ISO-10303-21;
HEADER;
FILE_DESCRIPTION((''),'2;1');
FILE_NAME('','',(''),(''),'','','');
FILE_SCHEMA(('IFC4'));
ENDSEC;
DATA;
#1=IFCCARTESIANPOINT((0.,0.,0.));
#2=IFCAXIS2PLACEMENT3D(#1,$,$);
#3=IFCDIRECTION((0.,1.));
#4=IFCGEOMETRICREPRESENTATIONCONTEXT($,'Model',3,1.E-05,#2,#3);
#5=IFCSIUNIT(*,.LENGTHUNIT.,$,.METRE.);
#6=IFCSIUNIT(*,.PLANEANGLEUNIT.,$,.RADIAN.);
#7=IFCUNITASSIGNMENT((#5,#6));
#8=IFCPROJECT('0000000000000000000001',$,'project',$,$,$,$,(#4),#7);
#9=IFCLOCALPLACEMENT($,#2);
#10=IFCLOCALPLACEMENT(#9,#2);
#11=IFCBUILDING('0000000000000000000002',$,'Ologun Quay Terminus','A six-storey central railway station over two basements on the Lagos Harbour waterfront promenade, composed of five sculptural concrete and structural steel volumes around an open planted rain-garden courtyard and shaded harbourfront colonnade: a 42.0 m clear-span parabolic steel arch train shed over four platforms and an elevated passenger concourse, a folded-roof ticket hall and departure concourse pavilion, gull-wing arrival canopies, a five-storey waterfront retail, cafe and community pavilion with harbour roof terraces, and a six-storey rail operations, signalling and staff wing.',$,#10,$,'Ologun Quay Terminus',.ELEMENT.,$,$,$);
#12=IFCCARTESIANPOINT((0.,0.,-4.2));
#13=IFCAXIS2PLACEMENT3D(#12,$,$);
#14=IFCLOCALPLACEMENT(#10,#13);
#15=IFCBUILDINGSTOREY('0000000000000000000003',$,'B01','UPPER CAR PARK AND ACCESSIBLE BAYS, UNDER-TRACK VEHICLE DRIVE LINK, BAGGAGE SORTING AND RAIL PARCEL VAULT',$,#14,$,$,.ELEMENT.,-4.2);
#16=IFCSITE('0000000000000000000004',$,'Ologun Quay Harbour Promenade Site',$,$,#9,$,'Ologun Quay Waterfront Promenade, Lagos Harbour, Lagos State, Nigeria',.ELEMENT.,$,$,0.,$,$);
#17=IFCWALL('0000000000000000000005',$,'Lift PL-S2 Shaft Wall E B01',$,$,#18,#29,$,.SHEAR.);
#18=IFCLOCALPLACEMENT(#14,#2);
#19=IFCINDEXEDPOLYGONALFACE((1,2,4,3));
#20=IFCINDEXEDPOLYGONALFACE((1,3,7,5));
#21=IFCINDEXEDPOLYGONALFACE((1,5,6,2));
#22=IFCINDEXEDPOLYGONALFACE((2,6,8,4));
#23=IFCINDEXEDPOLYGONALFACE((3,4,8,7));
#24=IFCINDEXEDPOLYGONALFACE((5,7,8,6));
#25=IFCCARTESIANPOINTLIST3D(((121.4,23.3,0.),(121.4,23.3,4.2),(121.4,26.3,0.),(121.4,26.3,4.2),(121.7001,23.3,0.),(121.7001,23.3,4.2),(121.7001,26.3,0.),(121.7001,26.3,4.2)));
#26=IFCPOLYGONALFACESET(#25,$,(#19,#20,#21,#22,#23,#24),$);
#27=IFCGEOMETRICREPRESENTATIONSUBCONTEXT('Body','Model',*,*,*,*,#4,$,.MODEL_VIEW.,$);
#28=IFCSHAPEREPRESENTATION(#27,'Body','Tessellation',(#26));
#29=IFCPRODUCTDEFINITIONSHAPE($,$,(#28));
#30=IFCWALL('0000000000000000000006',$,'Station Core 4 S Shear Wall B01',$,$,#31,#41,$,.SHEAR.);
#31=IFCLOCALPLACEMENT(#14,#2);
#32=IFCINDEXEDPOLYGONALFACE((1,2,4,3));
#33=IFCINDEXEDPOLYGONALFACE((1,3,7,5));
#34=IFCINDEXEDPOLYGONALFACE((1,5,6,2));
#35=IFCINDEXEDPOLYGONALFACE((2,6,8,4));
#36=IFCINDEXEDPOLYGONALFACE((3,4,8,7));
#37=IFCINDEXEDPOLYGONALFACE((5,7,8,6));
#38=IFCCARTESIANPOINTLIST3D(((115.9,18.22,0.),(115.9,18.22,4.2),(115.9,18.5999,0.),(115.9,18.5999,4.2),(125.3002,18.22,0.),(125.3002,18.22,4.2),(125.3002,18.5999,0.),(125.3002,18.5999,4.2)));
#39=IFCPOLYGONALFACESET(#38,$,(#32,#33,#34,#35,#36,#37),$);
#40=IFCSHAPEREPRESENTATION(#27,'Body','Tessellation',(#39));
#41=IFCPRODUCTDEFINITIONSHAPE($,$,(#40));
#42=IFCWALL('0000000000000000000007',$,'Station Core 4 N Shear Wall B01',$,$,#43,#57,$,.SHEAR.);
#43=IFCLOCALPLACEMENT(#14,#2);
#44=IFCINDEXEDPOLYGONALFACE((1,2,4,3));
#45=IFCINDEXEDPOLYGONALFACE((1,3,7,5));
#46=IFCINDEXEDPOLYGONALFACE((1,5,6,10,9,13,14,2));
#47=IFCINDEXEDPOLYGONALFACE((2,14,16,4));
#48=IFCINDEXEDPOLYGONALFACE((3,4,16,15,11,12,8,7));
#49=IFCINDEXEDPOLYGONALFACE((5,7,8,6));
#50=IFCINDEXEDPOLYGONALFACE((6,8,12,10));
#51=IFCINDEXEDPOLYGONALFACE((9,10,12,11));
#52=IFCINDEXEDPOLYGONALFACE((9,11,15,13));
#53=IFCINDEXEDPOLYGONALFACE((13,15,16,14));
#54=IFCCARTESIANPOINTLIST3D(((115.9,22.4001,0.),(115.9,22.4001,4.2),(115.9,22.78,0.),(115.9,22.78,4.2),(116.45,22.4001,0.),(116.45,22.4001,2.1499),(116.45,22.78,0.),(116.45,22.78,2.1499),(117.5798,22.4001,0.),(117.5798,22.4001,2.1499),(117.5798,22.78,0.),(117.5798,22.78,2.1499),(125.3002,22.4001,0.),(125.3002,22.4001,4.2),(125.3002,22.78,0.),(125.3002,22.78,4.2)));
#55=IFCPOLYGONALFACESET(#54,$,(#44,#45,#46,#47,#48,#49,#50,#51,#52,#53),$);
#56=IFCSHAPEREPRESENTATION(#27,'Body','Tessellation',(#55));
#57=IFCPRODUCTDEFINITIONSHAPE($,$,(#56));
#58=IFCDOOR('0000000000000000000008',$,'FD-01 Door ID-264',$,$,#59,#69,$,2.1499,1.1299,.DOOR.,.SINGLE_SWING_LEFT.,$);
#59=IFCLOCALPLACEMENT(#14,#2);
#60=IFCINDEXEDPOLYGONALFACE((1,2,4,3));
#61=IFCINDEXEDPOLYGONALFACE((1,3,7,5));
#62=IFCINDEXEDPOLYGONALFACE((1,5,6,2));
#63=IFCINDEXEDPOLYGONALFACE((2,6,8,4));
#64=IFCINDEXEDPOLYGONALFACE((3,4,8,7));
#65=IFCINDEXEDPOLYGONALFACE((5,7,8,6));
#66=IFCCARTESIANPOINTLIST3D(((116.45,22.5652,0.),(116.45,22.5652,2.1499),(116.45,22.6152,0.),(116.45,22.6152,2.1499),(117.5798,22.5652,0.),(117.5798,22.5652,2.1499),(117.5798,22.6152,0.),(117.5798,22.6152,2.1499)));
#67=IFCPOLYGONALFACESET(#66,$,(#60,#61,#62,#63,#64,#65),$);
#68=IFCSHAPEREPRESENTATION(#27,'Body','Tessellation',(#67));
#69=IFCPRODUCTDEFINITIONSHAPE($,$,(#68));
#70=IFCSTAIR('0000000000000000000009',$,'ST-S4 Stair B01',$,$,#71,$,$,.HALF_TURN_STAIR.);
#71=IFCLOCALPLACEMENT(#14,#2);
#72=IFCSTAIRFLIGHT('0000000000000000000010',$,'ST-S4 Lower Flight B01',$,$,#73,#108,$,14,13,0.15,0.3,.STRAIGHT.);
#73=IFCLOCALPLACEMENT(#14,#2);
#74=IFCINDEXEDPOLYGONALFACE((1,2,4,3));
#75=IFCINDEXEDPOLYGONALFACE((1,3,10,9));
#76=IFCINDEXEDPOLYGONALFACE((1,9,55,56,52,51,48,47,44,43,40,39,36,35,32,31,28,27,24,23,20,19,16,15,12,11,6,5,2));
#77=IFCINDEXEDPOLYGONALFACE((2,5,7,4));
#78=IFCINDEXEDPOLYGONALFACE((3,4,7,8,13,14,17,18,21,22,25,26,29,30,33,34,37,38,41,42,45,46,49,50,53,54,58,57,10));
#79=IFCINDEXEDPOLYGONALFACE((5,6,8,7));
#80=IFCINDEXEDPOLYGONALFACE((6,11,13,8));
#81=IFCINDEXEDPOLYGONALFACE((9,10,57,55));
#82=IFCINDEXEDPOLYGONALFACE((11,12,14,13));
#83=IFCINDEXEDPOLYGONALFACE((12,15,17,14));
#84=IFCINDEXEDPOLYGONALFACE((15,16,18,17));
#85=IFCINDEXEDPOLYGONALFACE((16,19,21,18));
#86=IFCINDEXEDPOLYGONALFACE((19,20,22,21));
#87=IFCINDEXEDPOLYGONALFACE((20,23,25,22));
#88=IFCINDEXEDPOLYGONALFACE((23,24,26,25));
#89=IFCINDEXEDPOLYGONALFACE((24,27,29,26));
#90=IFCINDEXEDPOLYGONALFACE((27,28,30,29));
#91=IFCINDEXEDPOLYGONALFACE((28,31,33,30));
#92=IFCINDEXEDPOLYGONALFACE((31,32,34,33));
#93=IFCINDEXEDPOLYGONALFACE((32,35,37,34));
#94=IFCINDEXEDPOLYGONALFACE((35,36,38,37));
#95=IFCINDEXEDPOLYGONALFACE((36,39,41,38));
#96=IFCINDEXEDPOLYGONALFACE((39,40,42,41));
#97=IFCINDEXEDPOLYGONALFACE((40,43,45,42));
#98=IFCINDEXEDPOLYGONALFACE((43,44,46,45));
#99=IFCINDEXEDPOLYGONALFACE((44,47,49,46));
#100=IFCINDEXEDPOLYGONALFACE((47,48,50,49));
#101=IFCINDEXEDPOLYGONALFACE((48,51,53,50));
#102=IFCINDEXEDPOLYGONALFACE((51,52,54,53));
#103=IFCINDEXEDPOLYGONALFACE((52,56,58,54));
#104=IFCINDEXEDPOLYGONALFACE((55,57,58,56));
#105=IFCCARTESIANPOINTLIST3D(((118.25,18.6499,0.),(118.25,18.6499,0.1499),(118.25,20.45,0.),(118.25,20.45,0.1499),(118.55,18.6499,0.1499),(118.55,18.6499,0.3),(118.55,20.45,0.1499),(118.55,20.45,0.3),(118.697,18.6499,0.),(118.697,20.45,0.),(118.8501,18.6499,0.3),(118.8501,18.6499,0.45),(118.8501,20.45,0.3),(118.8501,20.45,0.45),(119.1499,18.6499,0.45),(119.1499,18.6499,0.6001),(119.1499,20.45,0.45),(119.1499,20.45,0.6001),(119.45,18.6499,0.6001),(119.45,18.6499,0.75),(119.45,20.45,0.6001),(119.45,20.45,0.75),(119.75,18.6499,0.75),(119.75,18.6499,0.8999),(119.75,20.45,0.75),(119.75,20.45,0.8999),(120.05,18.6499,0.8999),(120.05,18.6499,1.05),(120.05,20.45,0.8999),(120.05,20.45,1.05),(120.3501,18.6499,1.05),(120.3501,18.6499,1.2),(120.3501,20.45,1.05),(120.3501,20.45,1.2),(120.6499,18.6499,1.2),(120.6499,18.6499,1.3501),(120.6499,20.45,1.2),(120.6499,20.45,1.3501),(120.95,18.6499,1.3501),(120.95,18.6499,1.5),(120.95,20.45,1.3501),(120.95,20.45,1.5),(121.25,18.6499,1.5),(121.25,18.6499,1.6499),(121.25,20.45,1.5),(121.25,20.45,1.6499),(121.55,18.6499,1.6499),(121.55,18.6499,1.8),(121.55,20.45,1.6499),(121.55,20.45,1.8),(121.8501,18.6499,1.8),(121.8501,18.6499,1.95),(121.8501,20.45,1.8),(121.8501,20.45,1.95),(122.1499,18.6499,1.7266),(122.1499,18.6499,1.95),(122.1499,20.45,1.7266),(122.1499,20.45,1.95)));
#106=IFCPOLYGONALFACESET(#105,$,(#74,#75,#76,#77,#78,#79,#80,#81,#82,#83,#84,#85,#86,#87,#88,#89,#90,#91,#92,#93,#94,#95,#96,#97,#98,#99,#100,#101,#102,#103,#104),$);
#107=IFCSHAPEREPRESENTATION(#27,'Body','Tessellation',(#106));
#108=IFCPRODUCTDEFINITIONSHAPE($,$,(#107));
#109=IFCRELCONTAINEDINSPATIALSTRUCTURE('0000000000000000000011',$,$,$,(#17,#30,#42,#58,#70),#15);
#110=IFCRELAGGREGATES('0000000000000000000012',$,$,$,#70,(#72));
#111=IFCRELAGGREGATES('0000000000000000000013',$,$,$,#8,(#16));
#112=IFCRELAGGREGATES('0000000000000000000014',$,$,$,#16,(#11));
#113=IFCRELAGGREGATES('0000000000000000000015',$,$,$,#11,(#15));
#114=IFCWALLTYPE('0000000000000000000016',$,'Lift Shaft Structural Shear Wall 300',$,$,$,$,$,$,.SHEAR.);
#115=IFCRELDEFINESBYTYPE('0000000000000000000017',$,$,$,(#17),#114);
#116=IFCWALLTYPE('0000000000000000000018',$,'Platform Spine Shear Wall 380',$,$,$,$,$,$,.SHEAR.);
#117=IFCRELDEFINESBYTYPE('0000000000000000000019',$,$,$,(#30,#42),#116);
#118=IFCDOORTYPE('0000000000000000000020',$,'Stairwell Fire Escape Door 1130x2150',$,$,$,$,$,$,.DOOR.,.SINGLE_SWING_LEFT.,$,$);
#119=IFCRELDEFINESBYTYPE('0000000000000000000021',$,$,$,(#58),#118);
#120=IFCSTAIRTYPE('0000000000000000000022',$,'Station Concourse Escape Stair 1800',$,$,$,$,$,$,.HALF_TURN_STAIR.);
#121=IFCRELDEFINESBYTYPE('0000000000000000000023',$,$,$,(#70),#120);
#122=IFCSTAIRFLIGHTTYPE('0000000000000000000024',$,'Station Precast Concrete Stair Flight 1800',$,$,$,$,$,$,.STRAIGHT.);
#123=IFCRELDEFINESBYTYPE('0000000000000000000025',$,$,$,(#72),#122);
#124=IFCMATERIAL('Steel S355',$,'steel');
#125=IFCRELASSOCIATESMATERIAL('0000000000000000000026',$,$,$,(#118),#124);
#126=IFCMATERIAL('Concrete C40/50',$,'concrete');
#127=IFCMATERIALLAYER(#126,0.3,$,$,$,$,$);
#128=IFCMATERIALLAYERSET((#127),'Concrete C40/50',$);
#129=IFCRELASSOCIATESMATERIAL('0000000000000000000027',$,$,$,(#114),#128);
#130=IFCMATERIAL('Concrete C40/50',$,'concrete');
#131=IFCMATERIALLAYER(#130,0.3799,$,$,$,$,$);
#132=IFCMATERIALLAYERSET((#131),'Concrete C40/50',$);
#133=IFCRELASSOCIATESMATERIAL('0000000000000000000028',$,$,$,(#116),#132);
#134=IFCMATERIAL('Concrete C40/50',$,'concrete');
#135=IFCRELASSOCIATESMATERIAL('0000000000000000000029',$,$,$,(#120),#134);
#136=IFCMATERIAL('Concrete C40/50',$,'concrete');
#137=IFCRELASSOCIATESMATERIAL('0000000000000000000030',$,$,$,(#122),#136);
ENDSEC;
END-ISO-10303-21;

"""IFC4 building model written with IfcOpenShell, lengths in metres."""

from ifc_helpers import new_model, si_unit, direction, frame, frame_2d, origin, place, context, subcontext, project, spatial, polyline, rectangle, outline, extrude, material, layer, layer_set, type_object, element, fill, aggregate, save


model = new_model("IFC4")

# Units and contexts
model_context = context("Model", 3, precision=1e-05, world=origin(), true_north=direction((0.0, 1.0)))
body_context = subcontext(model_context, "Body", "Model", "MODEL_VIEW")
ifc_project = project(units=[si_unit("LENGTHUNIT", "METRE"), si_unit("PLANEANGLEUNIT", "RADIAN")], contexts=[model_context])

# Site, building, storey
site_placement = place(None, origin())
site = spatial("IfcSite", under=ifc_project, at=site_placement, Name="Ologun Quay Harbour Promenade Site", LongName="Ologun Quay Waterfront Promenade, Lagos Harbour, Lagos State, Nigeria", CompositionType="ELEMENT", RefElevation=0.0)
building_placement = place(site_placement, origin())
building = spatial("IfcBuilding", under=site, at=building_placement, Name="Ologun Quay Terminus", Description="A six-storey central railway station over two basements on the Lagos Harbour waterfront promenade, composed of five sculptural concrete and structural steel volumes around an open planted rain-garden courtyard and shaded harbourfront colonnade: a 42.0 m clear-span parabolic steel arch train shed over four platforms and an elevated passenger concourse, a folded-roof ticket hall and departure concourse pavilion, gull-wing arrival canopies, a five-storey waterfront retail, cafe and community pavilion with harbour roof terraces, and a six-storey rail operations, signalling and staff wing.", LongName="Ologun Quay Terminus", CompositionType="ELEMENT")
storey_placement = place(building_placement, frame((0.0, 0.0, -4.2)))
storey = spatial("IfcBuildingStorey", under=building, at=storey_placement, Name="B01", Description="UPPER CAR PARK AND ACCESSIBLE BAYS, UNDER-TRACK VEHICLE DRIVE LINK, BAGGAGE SORTING AND RAIL PARCEL VAULT", CompositionType="ELEMENT", Elevation=-4.2)

# Shared definitions
ifc_material_1 = material(Name="Steel S355", Category="steel")
door_type = type_object("IfcDoorType", Name="Stairwell Fire Escape Door 1130x2150", OperationType="SINGLE_SWING_LEFT", PredefinedType="DOOR", material=ifc_material_1)

# Walls
ifc_material_2 = material(Name="Concrete C40/50", Category="concrete")
ifc_layer_1 = layer(ifc_material_2, 0.3)
ifc_layer_set_1 = layer_set([ifc_layer_1], Name="Concrete C40/50")
wall_type_1 = type_object("IfcWallType", Name="Lift Shaft Structural Shear Wall 300", PredefinedType="SHEAR", material=ifc_layer_set_1)
for number, where, z_axis, x_axis, name in (
    (1, (121.55, 23.3, 0.0), (0.0, 0.0, 1.0), (0.0, 1.0, 0.0), "Lift PL-S2 Shaft Wall E B01"),
):
    element("IfcWall", number, at=place(storey_placement, frame(where, z_axis=z_axis, x_axis=x_axis)), inside=storey, type_object=wall_type_1, Name=name, PredefinedType="SHEAR", context=body_context, shape_type="SweptSolid", body=[
        extrude(rectangle(XDim=3.0, YDim=0.3, at=frame_2d((1.5, 0.0))), origin(), (0.0, 0.0, 1.0), 4.2),
    ])
ifc_material_3 = material(Name="Concrete C40/50", Category="concrete")
ifc_layer_2 = layer(ifc_material_3, 0.3799)
ifc_layer_set_2 = layer_set([ifc_layer_2], Name="Concrete C40/50")
wall_type_2 = type_object("IfcWallType", Name="Platform Spine Shear Wall 380", PredefinedType="SHEAR", material=ifc_layer_set_2)
wall_1_placement = place(storey_placement, frame((115.8999, 18.4099, 0.0), z_axis=(0.0, 0.0, 1.0), x_axis=(1.0, 0.0, 0.0)))
element("IfcWall", 2, at=wall_1_placement, inside=storey, type_object=wall_type_2, Name="Station Core 4 S Shear Wall B01", PredefinedType="SHEAR", context=body_context, shape_type="SweptSolid", body=[
    extrude(rectangle(XDim=9.4001, YDim=0.3799, at=frame_2d((4.7002, 0.0))), origin(), (0.0, 0.0, 1.0), 4.2),
])

# Wall, opening, door
wall_2_placement = place(storey_placement, frame((115.8999, 22.5901, 0.0), z_axis=(0.0, 0.0, 1.0), x_axis=(1.0, 0.0, 0.0)))
wall_2 = element("IfcWall", 3, at=wall_2_placement, inside=storey, type_object=wall_type_2, Name="Station Core 4 N Shear Wall B01", PredefinedType="SHEAR", context=body_context, shape_type="SweptSolid", body=[
    extrude(rectangle(XDim=9.4001, YDim=0.3799, at=frame_2d((4.7002, 0.0))), origin(), (0.0, 0.0, 1.0), 4.2),
])
opening_1_placement = place(wall_2_placement, frame((0.55, 0.0, 0.0)))
opening_1 = element("IfcOpeningElement", 4, at=opening_1_placement, cuts=wall_2, PredefinedType="OPENING", context=body_context, shape_type="SweptSolid", body=[
    extrude(rectangle(XDim=1.1299, YDim=2.1499, at=frame_2d((0.5649, 1.075))), frame((0.0, 0.2, 0.0), z_axis=(0.0, -1.0, 0.0), x_axis=(1.0, 0.0, 0.0)), (0.0, 0.0, 1.0), 0.3999),
])
door_1_placement = place(opening_1_placement, frame((0.5649, 0.0, 0.0), z_axis=(0.0, 0.0, 1.0), x_axis=(-1.0, 0.0, 0.0)))
door_1 = element("IfcDoor", 5, at=door_1_placement, inside=storey, type_object=door_type, Name="FD-01 Door ID-264", OperationType="SINGLE_SWING_LEFT", OverallHeight=2.1499, OverallWidth=1.1299, PredefinedType="DOOR", context=body_context, shape_type="SweptSolid", body=[
    extrude(rectangle(XDim=1.1299, YDim=2.1499, at=frame_2d((0.0, 1.075))), frame((0.0, 0.0249, 0.0), z_axis=(0.0, -1.0, 0.0), x_axis=(1.0, 0.0, 0.0)), (0.0, 0.0, 1.0), 0.05),
])
fill(opening_1, door_1)

# Stair, stair flight
ifc_material_4 = material(Name="Concrete C40/50", Category="concrete")
stair_type = type_object("IfcStairType", Name="Station Concourse Escape Stair 1800", PredefinedType="HALF_TURN_STAIR", material=ifc_material_4)
stair_placement = place(storey_placement, origin())
stair = element("IfcStair", 6, at=stair_placement, inside=storey, type_object=stair_type, Name="ST-S4 Stair B01", PredefinedType="HALF_TURN_STAIR")
ifc_material_5 = material(Name="Concrete C40/50", Category="concrete")
stair_flight_type = type_object("IfcStairFlightType", Name="Station Precast Concrete Stair Flight 1800", PredefinedType="STRAIGHT", material=ifc_material_5)
stair_flight_placement = place(storey_placement, frame((118.25, 19.55, 0.0), z_axis=(0.0, 0.0, 1.0), x_axis=(1.0, 0.0, 0.0)))
stair_flight = element("IfcStairFlight", 7, at=stair_flight_placement, type_object=stair_flight_type, Name="ST-S4 Lower Flight B01", NumberOfRisers=14, NumberOfTreads=13, PredefinedType="STRAIGHT", RiserHeight=0.15, TreadLength=0.3, context=body_context, shape_type="SweptSolid", body=[
    extrude(outline(polyline([(0.0, 0.0), (0.0, 0.1499), (0.3, 0.1499), (0.3, 0.3), (0.6001, 0.3), (0.6001, 0.45), (0.8999, 0.45), (0.8999, 0.6001), (1.2, 0.6001), (1.2, 0.75), (1.5, 0.75), (1.5, 0.8999), (1.8, 0.8999), (1.8, 1.05), (2.1001, 1.05), (2.1001, 1.2), (2.3999, 1.2), (2.3999, 1.3501), (2.7, 1.3501), (2.7, 1.5), (3.0, 1.5), (3.0, 1.6499), (3.3, 1.6499), (3.3, 1.8), (3.6001, 1.8), (3.6001, 1.95), (3.8999, 1.95), (3.8999, 2.1001), (3.8999, 1.7266), (0.447, 0.0), (0.0, 0.0)])), frame((0.0, 0.8999, 0.0), z_axis=(0.0, -1.0, 0.0), x_axis=(1.0, 0.0, 0.0)), (0.0, 0.0, 1.0), 1.8),
])
aggregate(stair, [stair_flight])

save(model, "model.ifc")
